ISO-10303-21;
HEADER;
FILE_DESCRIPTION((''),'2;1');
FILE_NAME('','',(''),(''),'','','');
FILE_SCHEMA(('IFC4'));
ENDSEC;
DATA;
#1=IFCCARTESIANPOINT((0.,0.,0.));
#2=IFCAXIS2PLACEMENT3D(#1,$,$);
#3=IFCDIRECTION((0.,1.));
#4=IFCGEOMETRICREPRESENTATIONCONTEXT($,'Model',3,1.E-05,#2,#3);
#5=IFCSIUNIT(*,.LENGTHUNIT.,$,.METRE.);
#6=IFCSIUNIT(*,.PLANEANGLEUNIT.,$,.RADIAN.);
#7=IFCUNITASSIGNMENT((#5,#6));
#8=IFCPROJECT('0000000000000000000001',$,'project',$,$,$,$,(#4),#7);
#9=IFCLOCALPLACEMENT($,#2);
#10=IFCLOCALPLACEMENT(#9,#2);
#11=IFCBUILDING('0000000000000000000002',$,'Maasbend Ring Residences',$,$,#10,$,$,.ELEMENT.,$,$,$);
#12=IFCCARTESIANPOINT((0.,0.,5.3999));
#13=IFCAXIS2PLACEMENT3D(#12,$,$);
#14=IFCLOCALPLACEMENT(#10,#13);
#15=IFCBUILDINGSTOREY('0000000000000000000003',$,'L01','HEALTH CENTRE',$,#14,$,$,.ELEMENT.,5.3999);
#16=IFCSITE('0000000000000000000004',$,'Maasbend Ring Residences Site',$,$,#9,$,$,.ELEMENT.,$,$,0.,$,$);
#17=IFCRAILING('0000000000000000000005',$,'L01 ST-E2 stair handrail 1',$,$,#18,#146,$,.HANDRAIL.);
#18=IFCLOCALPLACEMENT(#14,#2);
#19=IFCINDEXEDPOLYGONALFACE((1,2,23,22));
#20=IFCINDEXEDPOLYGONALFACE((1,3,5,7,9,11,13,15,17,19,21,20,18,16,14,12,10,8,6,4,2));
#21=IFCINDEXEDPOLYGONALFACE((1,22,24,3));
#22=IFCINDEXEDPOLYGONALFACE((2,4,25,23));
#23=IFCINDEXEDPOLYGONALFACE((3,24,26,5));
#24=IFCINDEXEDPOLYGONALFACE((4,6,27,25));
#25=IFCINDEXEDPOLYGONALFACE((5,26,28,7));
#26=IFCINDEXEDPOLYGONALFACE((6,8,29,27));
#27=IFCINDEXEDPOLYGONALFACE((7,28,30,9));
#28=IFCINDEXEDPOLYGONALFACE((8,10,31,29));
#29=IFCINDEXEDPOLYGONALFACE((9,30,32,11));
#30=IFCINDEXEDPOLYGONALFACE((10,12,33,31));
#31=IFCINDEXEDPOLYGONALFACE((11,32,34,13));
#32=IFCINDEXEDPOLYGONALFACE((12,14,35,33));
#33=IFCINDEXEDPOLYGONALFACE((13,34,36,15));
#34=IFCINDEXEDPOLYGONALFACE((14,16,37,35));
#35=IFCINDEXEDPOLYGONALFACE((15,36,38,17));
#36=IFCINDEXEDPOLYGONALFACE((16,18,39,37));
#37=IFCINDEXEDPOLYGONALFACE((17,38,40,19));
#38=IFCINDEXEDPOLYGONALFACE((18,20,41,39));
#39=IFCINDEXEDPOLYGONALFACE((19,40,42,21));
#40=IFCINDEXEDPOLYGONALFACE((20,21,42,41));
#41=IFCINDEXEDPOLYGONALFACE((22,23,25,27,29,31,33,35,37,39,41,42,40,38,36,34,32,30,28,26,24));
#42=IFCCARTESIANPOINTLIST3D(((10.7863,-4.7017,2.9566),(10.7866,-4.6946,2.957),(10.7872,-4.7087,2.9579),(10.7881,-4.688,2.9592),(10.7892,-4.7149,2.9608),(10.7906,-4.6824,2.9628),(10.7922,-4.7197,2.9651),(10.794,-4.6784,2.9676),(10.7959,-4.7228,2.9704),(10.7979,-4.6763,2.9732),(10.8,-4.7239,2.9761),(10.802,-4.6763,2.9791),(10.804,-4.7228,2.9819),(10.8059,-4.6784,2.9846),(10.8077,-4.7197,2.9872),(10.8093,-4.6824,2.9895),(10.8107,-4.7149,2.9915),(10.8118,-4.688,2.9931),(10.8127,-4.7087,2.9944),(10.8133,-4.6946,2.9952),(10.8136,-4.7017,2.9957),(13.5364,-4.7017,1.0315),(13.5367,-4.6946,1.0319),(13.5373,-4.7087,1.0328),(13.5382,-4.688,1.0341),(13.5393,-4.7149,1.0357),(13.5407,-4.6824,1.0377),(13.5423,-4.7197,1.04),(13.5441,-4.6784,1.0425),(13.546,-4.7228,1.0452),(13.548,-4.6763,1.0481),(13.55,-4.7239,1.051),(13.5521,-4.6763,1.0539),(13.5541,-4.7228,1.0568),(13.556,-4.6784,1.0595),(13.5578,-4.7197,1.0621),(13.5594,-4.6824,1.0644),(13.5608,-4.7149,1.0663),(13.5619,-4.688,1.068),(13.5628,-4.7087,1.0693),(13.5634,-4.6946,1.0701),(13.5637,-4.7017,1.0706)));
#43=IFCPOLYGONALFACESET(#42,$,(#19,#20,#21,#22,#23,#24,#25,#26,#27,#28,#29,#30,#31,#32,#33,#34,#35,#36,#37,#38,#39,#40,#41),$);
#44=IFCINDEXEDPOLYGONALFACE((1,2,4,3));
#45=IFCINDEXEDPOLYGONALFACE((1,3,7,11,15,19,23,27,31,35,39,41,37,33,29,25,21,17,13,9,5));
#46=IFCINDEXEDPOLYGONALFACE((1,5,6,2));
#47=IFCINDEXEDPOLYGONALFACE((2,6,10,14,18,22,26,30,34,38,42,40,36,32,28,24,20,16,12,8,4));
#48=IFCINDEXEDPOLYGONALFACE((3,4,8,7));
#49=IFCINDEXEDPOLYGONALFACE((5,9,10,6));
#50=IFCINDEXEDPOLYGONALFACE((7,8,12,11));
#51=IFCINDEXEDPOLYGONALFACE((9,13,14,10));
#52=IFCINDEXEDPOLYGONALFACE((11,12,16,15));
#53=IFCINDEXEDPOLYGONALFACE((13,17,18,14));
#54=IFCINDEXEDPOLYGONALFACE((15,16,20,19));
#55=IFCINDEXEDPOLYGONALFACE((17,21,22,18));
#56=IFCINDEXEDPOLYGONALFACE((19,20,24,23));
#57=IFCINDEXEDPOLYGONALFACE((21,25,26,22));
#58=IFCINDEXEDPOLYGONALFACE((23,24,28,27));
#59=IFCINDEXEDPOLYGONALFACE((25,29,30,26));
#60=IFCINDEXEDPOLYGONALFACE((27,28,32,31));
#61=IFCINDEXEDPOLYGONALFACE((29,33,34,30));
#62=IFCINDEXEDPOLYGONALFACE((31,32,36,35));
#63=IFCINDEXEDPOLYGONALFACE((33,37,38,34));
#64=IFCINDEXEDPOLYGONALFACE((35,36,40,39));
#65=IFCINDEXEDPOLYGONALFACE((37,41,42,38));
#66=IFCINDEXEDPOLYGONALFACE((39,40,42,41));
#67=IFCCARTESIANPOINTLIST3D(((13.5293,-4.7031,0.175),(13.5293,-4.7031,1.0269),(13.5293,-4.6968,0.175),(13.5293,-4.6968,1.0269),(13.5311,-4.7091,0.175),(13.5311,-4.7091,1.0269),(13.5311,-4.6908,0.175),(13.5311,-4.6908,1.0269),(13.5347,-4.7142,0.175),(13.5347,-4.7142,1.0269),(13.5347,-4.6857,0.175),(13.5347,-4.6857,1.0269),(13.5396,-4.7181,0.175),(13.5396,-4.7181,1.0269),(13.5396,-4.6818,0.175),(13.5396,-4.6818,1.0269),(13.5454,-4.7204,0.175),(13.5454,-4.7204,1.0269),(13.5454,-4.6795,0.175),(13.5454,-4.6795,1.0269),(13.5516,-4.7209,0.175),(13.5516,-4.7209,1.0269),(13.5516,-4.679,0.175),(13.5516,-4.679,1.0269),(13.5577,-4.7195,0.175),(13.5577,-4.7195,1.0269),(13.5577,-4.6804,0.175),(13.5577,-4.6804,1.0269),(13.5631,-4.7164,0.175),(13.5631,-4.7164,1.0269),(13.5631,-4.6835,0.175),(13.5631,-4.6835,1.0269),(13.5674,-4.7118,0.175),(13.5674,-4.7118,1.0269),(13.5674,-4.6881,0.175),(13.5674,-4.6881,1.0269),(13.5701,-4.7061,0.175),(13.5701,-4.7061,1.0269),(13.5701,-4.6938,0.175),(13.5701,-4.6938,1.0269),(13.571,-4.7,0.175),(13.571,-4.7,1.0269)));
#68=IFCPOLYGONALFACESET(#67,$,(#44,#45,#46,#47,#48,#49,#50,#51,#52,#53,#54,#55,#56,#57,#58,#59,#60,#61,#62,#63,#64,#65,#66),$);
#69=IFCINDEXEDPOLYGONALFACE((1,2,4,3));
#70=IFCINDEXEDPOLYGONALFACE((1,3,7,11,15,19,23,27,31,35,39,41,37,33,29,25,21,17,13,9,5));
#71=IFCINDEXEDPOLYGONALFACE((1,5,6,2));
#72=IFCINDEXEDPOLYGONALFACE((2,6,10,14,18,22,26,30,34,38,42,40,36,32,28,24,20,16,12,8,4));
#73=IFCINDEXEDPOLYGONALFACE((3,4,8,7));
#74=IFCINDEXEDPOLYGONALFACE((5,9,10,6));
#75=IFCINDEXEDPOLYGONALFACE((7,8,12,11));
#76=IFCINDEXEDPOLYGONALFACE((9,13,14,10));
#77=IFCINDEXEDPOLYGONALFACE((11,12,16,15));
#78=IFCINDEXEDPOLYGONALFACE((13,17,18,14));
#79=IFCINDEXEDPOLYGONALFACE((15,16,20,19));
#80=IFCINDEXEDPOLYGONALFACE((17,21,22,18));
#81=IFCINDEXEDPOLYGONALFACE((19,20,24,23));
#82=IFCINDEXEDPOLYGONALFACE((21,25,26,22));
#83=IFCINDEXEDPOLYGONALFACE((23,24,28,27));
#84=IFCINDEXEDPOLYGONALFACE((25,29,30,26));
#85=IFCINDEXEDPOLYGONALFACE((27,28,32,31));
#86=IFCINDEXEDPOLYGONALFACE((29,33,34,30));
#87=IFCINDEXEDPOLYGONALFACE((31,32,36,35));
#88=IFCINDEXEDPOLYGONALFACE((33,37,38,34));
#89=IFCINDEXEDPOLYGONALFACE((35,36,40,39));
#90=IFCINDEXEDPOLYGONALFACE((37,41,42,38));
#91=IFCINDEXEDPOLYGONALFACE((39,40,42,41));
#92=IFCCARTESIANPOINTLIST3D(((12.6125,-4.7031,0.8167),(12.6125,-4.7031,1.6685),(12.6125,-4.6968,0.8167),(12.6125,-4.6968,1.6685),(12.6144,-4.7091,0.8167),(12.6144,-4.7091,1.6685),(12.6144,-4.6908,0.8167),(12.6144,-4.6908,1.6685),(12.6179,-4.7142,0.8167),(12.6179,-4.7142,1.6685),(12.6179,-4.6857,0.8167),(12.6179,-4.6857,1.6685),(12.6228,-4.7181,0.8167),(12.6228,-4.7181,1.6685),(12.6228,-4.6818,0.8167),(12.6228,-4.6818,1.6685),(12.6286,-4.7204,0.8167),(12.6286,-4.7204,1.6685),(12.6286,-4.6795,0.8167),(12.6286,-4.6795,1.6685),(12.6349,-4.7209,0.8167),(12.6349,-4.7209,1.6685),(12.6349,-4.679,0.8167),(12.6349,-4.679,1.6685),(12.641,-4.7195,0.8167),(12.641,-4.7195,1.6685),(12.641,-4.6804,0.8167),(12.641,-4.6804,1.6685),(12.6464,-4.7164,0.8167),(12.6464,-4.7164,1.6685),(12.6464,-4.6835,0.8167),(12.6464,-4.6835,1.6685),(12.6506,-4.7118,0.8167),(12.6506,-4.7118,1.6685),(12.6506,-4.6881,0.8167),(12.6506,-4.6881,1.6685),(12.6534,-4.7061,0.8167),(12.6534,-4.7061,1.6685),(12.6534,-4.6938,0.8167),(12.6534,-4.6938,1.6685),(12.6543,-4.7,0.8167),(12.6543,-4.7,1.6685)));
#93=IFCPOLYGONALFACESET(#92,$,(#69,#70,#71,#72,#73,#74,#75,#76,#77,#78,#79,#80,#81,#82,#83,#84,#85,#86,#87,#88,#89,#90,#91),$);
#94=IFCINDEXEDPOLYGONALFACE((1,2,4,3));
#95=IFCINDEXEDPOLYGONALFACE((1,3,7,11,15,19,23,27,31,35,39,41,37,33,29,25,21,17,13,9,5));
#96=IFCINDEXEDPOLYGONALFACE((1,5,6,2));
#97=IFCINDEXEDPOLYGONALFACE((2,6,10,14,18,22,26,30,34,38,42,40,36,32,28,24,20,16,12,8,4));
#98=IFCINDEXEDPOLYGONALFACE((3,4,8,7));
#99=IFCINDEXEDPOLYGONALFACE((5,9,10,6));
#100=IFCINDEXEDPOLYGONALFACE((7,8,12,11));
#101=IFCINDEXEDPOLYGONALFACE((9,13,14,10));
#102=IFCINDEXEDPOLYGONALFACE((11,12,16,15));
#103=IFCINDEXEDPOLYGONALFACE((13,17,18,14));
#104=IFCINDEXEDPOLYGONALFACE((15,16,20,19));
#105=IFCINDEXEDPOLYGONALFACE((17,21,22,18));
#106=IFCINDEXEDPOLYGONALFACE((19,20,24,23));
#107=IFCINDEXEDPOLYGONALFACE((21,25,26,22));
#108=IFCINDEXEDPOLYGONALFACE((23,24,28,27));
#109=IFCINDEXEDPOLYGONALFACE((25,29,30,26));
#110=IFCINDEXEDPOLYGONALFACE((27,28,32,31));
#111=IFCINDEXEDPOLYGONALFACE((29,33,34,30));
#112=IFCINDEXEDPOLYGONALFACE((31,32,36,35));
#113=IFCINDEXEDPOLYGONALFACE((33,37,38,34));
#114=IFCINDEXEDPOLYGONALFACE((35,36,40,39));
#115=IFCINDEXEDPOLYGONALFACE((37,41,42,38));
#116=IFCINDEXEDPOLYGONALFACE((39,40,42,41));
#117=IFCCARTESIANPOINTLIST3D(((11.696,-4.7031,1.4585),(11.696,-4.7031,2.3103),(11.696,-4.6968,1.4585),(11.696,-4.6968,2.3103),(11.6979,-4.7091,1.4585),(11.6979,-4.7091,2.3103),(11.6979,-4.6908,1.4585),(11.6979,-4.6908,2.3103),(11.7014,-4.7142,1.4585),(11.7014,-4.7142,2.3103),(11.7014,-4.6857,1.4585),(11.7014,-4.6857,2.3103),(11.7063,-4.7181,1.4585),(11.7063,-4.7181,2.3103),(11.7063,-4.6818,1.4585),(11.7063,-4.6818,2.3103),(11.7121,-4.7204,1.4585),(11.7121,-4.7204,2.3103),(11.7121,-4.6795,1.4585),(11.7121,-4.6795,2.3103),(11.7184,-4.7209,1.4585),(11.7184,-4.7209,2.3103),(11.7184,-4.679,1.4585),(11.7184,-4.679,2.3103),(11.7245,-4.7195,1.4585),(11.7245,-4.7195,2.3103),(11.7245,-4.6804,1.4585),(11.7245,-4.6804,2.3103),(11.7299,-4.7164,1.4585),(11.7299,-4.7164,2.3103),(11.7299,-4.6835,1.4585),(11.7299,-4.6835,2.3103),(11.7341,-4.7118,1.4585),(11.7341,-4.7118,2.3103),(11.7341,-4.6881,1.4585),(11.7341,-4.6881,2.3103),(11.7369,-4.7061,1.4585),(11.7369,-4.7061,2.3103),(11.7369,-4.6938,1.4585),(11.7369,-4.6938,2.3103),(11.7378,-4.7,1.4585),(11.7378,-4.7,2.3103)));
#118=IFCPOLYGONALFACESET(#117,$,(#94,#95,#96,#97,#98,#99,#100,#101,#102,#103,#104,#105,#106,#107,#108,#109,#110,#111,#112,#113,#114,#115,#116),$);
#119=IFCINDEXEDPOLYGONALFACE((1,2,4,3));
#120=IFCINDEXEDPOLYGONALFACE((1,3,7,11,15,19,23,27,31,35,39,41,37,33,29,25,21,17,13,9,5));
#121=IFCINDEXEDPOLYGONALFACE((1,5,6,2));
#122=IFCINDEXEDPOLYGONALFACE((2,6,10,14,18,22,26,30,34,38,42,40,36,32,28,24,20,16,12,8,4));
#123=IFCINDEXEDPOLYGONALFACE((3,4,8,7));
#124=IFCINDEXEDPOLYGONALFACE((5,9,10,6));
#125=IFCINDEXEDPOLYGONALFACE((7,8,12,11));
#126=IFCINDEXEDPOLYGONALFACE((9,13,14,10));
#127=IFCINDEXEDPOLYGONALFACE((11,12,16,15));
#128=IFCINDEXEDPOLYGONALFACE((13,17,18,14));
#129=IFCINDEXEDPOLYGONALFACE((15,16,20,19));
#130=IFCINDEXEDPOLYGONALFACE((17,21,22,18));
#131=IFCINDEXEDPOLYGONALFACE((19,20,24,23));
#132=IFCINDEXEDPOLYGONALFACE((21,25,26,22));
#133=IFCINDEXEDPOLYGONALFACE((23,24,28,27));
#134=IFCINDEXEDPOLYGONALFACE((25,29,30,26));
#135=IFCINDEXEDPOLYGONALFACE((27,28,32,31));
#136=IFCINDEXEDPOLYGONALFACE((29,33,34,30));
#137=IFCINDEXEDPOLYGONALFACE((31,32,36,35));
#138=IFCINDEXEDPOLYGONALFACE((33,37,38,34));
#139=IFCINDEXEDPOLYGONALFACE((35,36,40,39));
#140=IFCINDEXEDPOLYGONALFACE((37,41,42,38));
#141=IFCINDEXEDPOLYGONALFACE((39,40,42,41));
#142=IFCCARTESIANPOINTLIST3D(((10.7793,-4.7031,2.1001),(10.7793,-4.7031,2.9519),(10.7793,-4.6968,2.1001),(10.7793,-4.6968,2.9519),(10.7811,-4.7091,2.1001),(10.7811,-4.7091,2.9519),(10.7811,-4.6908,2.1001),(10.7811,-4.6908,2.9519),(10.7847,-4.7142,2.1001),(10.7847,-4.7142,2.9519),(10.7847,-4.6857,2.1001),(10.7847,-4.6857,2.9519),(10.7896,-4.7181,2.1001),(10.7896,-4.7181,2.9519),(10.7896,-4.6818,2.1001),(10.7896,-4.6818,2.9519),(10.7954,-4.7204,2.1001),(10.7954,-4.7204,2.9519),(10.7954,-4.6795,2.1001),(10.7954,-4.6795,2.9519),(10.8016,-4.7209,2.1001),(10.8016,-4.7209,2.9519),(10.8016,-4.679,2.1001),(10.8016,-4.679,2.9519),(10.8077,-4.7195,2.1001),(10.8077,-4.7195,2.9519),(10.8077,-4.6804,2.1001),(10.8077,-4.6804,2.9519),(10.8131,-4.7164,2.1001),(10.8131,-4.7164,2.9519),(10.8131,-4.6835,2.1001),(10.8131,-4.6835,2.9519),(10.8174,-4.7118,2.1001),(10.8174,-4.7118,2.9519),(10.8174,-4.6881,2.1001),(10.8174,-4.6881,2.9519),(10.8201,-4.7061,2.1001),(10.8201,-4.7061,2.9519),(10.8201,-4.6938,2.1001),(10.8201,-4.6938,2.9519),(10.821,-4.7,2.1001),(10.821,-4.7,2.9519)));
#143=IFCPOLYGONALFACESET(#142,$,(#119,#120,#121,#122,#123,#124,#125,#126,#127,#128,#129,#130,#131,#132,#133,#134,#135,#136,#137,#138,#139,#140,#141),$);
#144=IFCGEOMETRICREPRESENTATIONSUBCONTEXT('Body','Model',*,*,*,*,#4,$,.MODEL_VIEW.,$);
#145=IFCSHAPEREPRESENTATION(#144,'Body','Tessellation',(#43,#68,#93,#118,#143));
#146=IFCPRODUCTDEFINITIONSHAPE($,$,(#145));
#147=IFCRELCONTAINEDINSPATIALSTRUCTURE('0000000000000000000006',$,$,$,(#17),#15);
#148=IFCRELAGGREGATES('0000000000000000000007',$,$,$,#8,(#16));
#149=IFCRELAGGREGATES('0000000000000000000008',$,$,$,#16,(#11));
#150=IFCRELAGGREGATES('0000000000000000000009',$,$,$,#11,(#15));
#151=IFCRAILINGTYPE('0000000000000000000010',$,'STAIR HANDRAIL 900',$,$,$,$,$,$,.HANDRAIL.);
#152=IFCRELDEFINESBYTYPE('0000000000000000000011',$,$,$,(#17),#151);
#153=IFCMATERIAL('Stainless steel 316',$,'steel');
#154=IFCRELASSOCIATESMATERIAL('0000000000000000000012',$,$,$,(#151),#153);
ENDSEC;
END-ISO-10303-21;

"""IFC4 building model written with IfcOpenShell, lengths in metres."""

from ifc_helpers import new_model, si_unit, direction, frame, origin, origin_2d, place, context, subcontext, project, spatial, circle, extrude, material, type_object, element, save


model = new_model("IFC4")

# Units and contexts
model_context = context("Model", 3, precision=1e-05, world=origin(), true_north=direction((0.0, 1.0)))
body_context = subcontext(model_context, "Body", "Model", "MODEL_VIEW")
ifc_project = project(units=[si_unit("LENGTHUNIT", "METRE"), si_unit("PLANEANGLEUNIT", "RADIAN")], contexts=[model_context])

# Site, building, storey
site_placement = place(None, origin())
site = spatial("IfcSite", under=ifc_project, at=site_placement, Name="Maasbend Ring Residences Site", CompositionType="ELEMENT", RefElevation=0.0)
building_placement = place(site_placement, origin())
building = spatial("IfcBuilding", under=site, at=building_placement, Name="Maasbend Ring Residences", CompositionType="ELEMENT")
storey_placement = place(building_placement, frame((0.0, 0.0, 5.3999)))
storey = spatial("IfcBuildingStorey", under=building, at=storey_placement, Name="L01", Description="HEALTH CENTRE", CompositionType="ELEMENT", Elevation=5.3999)

# Railing
ifc_material_1 = material(Name="Stainless steel 316", Category="steel")
railing_type_1 = type_object("IfcRailingType", Name="STAIR HANDRAIL 900", PredefinedType="HANDRAIL", material=ifc_material_1)
railing_1_placement = place(storey_placement, frame((13.55, -4.7, 0.175)))
element("IfcRailing", 1, at=railing_1_placement, inside=storey, type_object=railing_type_1, Name="L01 ST-E2 stair handrail 1", PredefinedType="HANDRAIL", context=body_context, shape_type="SweptSolid", body=[
    extrude(circle(Radius=0.0239, at=origin_2d()), frame((0.0, 0.0, 0.876), z_axis=(-0.819225, 0.0, 0.573472), x_axis=(0.0, -1.0, 0.0)), (0.0, 0.0, 1.0), 3.3569),
    extrude(circle(Radius=0.021, at=origin_2d()), origin(), (0.0, 0.0, 1.0), 0.8518),
    extrude(circle(Radius=0.021, at=origin_2d()), frame((-0.9167, 0.0, 0.6416)), (0.0, 0.0, 1.0), 0.8518),
    extrude(circle(Radius=0.021, at=origin_2d()), frame((-1.8333, 0.0, 1.2834)), (0.0, 0.0, 1.0), 0.8518),
    extrude(circle(Radius=0.021, at=origin_2d()), frame((-2.75, 0.0, 1.925)), (0.0, 0.0, 1.0), 0.8518),
])

save(model, "model.ifc")
